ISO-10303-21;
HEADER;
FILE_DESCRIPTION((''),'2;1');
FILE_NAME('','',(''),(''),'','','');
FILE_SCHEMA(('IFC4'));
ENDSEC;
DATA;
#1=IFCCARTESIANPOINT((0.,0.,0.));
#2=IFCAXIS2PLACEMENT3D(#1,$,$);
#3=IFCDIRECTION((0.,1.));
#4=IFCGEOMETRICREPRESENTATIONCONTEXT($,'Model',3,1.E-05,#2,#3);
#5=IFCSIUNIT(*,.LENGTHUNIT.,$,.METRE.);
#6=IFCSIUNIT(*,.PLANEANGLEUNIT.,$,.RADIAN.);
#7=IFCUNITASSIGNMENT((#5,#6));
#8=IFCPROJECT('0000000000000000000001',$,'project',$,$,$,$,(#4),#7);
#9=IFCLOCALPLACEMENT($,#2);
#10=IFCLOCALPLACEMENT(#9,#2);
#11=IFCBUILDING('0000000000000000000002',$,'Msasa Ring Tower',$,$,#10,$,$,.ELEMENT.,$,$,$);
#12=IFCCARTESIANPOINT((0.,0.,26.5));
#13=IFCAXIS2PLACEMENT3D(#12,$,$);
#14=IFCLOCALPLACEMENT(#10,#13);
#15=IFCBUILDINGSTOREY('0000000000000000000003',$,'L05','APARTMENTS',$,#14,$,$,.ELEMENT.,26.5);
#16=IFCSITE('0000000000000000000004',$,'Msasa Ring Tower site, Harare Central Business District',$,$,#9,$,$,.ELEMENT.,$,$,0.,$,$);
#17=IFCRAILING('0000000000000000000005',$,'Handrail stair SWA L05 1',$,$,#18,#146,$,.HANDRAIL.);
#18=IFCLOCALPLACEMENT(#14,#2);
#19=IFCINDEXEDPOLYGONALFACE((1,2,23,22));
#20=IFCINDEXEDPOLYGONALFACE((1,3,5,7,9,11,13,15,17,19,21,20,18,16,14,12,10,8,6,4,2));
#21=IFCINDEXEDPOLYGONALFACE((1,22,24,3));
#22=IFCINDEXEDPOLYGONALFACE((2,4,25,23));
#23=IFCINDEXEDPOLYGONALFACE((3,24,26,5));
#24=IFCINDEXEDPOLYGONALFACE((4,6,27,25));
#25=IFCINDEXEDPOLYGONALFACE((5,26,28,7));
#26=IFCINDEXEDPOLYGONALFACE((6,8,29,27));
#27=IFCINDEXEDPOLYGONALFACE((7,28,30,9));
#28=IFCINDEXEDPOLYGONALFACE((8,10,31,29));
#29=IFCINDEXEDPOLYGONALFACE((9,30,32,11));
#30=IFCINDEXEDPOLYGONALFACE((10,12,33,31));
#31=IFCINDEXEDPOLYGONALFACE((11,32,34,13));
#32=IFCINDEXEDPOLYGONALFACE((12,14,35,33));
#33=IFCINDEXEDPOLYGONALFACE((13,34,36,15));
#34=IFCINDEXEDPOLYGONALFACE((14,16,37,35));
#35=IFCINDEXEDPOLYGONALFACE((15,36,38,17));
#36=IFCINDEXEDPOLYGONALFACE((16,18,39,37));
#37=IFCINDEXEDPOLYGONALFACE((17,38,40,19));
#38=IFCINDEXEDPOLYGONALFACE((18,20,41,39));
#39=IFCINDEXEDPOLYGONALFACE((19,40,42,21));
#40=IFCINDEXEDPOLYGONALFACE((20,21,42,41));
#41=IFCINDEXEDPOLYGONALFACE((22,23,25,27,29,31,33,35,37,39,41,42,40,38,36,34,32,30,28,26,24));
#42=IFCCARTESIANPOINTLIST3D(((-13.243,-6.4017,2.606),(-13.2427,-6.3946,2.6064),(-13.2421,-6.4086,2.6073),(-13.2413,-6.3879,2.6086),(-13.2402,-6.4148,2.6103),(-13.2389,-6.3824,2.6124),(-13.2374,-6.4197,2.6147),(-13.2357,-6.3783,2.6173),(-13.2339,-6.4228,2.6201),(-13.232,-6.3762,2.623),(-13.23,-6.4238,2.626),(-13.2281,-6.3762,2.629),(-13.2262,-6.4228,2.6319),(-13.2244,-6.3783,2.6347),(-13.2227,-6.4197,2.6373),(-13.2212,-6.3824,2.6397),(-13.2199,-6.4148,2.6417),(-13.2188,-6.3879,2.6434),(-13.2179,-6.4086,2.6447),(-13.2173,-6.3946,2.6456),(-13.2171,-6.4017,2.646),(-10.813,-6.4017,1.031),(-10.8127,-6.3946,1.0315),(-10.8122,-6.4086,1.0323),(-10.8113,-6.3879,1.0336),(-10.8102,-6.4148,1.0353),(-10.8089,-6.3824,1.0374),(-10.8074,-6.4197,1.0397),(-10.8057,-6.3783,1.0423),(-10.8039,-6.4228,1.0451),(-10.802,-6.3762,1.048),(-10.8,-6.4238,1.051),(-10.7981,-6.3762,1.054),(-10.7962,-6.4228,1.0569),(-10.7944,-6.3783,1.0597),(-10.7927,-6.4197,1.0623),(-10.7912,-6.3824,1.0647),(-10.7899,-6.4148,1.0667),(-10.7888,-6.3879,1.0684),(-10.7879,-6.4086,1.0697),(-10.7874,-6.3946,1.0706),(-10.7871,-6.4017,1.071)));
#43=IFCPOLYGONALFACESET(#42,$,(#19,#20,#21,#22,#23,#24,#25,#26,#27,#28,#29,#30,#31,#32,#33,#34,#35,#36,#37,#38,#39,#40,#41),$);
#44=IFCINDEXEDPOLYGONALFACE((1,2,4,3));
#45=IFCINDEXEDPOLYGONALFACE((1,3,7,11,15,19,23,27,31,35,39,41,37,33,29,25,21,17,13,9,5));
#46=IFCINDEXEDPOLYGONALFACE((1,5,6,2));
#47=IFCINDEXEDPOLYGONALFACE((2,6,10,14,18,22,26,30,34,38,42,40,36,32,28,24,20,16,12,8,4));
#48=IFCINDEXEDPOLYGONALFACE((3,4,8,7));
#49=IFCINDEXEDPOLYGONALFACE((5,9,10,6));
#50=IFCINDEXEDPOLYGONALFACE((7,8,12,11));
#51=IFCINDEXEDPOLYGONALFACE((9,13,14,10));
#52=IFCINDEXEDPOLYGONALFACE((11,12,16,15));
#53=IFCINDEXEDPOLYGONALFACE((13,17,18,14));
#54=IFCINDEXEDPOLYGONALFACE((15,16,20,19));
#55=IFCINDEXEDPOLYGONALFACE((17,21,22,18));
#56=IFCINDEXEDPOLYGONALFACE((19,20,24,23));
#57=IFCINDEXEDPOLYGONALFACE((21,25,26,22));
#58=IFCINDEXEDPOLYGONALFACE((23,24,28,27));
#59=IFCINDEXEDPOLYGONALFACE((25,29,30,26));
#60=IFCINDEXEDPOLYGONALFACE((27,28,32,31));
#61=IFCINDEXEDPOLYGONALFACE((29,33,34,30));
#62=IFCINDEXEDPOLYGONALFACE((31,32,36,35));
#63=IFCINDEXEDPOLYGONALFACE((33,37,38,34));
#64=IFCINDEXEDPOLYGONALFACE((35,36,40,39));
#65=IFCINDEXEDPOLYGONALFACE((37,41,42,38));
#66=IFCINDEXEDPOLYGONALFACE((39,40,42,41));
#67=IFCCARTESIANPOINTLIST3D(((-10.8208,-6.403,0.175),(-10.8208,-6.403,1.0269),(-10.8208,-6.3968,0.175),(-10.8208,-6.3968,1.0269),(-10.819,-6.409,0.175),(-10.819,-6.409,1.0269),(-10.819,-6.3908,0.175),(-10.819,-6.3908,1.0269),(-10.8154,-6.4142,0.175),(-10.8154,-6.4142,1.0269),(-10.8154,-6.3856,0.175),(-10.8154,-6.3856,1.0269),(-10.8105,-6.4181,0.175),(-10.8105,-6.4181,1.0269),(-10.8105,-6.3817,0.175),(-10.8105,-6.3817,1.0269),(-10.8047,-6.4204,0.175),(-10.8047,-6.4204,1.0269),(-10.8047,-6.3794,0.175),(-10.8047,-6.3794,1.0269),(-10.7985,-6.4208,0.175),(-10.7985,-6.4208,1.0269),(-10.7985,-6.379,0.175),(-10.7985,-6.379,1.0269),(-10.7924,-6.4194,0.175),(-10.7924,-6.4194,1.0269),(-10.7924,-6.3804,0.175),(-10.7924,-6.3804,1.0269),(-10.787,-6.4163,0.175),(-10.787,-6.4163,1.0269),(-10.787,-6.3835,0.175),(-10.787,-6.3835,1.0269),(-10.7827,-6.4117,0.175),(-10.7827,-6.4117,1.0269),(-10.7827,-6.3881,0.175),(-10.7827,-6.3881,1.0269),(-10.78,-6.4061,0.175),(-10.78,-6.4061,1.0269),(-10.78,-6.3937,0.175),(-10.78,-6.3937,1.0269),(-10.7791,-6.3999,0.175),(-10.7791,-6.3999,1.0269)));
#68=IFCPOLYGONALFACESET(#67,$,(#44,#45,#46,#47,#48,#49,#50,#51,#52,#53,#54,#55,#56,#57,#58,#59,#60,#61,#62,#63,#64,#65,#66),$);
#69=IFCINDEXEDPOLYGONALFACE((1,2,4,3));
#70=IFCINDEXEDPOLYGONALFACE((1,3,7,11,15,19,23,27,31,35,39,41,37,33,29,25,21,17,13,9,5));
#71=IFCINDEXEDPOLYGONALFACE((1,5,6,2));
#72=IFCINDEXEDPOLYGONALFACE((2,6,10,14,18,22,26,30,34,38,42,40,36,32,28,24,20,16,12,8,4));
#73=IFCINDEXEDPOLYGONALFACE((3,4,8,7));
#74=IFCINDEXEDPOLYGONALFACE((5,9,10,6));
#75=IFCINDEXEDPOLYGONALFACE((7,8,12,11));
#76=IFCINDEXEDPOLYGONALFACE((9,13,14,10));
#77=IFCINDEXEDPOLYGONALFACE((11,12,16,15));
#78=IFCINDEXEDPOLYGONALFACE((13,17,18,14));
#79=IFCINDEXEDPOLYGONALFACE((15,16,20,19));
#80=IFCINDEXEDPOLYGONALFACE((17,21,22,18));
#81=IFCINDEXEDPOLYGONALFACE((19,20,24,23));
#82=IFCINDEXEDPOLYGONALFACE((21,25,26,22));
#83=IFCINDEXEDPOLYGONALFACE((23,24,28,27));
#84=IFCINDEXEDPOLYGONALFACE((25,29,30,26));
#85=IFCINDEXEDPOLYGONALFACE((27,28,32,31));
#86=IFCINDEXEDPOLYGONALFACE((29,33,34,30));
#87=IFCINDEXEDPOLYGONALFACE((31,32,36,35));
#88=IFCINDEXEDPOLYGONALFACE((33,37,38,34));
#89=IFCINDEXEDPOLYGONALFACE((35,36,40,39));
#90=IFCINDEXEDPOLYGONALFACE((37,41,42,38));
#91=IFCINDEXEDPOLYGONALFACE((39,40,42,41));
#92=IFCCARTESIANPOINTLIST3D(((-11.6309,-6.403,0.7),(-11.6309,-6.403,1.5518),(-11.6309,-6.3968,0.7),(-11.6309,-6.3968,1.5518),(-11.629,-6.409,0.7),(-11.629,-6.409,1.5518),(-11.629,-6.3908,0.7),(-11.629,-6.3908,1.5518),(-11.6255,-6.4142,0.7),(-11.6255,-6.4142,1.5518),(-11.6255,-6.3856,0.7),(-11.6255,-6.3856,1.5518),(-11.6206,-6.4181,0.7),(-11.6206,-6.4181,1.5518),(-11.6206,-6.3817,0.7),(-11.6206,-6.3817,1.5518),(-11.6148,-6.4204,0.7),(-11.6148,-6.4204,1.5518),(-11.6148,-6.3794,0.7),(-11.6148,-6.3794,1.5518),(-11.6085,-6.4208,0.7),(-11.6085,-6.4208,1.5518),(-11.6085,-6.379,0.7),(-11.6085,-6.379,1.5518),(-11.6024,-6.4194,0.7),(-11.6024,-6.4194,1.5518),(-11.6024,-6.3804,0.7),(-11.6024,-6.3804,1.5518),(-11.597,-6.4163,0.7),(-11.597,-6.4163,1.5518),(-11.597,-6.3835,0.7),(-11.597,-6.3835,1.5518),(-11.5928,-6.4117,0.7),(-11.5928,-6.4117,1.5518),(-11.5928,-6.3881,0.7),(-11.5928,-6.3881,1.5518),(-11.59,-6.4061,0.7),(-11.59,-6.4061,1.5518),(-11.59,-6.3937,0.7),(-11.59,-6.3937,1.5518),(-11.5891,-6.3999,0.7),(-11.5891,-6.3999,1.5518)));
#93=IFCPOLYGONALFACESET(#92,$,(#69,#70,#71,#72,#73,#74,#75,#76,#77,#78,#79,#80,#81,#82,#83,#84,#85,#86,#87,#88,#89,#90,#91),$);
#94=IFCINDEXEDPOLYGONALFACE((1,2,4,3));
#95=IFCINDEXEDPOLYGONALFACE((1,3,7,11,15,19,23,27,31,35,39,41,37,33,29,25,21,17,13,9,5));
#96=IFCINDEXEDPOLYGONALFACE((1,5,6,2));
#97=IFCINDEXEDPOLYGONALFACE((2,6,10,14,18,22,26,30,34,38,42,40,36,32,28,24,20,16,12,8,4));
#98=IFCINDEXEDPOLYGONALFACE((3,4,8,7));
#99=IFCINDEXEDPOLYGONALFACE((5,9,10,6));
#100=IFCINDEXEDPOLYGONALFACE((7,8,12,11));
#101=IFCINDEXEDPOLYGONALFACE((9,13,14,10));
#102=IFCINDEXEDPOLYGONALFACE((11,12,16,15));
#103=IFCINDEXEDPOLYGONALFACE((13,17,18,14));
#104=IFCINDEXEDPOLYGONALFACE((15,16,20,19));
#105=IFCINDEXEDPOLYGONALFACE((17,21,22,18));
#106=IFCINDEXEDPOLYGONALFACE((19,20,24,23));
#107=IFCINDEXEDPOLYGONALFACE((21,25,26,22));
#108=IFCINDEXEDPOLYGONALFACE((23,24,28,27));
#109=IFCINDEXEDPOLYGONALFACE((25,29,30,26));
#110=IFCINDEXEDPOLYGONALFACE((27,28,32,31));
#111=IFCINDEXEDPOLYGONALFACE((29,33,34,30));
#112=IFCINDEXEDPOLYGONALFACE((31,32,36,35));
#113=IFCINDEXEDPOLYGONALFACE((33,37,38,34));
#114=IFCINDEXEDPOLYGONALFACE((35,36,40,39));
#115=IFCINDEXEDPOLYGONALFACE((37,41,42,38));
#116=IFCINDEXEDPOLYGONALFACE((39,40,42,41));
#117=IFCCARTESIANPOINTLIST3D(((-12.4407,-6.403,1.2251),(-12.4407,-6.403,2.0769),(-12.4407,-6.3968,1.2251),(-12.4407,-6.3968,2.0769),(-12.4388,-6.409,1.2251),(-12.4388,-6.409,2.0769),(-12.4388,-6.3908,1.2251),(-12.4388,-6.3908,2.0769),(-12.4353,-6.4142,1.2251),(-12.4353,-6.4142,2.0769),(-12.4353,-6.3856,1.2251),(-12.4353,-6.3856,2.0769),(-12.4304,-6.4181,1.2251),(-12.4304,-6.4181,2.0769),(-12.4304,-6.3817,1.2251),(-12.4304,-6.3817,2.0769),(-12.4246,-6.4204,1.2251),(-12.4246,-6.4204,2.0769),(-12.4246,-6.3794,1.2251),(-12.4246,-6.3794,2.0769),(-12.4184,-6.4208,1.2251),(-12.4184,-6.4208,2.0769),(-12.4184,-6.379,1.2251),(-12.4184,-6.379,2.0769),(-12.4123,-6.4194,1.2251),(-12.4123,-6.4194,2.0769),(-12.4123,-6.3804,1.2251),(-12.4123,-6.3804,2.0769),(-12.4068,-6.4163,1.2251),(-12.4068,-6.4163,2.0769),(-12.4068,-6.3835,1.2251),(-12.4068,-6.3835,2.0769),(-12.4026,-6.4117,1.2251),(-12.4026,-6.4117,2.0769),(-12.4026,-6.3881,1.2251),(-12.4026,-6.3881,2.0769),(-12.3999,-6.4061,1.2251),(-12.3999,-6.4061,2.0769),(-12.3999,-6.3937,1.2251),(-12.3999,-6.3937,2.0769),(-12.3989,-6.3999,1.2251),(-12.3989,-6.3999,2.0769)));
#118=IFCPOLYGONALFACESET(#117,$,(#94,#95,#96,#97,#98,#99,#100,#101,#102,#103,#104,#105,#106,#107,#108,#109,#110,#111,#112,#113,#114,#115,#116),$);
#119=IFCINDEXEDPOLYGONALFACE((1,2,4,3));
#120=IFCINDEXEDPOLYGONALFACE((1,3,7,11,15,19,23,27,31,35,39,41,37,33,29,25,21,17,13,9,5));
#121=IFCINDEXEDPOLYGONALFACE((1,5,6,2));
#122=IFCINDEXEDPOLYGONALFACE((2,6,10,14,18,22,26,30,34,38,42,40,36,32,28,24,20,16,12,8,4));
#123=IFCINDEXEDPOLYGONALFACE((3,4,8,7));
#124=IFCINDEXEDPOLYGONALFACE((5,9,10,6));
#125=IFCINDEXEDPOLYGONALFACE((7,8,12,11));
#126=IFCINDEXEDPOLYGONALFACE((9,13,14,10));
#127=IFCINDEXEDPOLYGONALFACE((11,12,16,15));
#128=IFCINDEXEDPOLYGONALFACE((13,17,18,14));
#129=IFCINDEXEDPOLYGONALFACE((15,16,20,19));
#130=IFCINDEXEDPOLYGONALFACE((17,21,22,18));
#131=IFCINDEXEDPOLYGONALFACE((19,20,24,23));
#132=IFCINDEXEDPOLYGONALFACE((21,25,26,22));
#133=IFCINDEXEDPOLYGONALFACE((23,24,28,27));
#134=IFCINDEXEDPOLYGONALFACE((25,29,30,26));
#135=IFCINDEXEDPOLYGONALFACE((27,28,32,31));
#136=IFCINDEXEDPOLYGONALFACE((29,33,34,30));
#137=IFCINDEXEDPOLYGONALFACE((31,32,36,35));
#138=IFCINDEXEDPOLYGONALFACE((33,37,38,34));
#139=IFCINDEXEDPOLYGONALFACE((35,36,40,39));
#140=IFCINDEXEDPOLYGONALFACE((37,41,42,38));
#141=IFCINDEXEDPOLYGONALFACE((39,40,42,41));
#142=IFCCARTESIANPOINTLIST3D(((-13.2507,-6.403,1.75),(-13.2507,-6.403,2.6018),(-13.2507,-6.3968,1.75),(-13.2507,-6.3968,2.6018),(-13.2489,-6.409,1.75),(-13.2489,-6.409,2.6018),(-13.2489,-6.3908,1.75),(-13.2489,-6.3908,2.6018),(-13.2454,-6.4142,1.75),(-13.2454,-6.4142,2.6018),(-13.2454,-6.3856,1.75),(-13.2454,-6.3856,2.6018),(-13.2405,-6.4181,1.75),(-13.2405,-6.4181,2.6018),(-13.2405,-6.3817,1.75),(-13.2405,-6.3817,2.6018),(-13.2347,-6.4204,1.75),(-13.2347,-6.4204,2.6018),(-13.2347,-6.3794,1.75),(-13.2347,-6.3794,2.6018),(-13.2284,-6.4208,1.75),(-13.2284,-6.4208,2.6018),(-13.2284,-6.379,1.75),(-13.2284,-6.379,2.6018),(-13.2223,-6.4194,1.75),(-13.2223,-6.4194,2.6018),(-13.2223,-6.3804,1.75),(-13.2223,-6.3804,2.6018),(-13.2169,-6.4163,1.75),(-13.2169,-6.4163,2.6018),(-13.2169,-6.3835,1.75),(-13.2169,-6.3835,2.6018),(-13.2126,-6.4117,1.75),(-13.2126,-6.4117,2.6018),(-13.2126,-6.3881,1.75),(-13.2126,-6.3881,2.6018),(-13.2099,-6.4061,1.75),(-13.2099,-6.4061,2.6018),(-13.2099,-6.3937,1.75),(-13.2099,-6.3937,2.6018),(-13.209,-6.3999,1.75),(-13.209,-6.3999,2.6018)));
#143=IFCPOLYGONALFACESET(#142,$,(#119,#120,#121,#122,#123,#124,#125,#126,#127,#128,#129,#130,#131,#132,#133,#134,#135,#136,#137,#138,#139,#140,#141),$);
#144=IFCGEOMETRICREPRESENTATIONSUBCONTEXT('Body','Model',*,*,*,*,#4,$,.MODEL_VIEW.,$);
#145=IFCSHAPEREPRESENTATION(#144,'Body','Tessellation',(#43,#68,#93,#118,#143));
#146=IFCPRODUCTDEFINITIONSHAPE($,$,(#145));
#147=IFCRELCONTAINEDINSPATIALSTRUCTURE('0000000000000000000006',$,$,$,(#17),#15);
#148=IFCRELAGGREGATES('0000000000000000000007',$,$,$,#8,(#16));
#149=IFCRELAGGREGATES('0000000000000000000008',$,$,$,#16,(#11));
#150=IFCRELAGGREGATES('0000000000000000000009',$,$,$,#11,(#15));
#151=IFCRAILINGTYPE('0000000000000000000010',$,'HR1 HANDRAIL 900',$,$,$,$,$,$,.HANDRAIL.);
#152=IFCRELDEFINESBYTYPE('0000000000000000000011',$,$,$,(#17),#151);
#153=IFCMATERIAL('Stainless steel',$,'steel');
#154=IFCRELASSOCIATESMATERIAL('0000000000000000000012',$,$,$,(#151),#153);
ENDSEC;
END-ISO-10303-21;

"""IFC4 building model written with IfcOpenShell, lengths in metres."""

from ifc_helpers import new_model, si_unit, direction, frame, origin, origin_2d, place, context, subcontext, project, spatial, circle, extrude, material, type_object, element, save


model = new_model("IFC4")

# Units and contexts
model_context = context("Model", 3, precision=1e-05, world=origin(), true_north=direction((0.0, 1.0)))
body_context = subcontext(model_context, "Body", "Model", "MODEL_VIEW")
ifc_project = project(units=[si_unit("LENGTHUNIT", "METRE"), si_unit("PLANEANGLEUNIT", "RADIAN")], contexts=[model_context])

# Site, building, storey
site_placement = place(None, origin())
site = spatial("IfcSite", under=ifc_project, at=site_placement, Name="Msasa Ring Tower site, Harare Central Business District", CompositionType="ELEMENT", RefElevation=0.0)
building_placement = place(site_placement, origin())
building = spatial("IfcBuilding", under=site, at=building_placement, Name="Msasa Ring Tower", CompositionType="ELEMENT")
storey_placement = place(building_placement, frame((0.0, 0.0, 26.5)))
storey = spatial("IfcBuildingStorey", under=building, at=storey_placement, Name="L05", Description="APARTMENTS", CompositionType="ELEMENT", Elevation=26.5)

# Railing
ifc_material_1 = material(Name="Stainless steel", Category="steel")
railing_type = type_object("IfcRailingType", Name="HR1 HANDRAIL 900", PredefinedType="HANDRAIL", material=ifc_material_1)
for number, where, name in (
    (1, (-10.8, -6.3999, 0.175), "Handrail stair SWA L05 1"),
):
    element("IfcRailing", number, at=place(storey_placement, frame(where)), inside=storey, type_object=railing_type, Name=name, PredefinedType="HANDRAIL", context=body_context, shape_type="SweptSolid", body=[
        extrude(circle(Radius=0.0239, at=origin_2d()), frame((0.0, 0.0, 0.876), z_axis=(-0.839154, 0.0, 0.543894), x_axis=(0.0, -1.0, 0.0)), (0.0, 0.0, 1.0), 2.8958),
        extrude(circle(Radius=0.021, at=origin_2d()), origin(), (0.0, 0.0, 1.0), 0.8518),
        extrude(circle(Radius=0.021, at=origin_2d()), frame((-0.8101, 0.0, 0.5249)), (0.0, 0.0, 1.0), 0.8518),
        extrude(circle(Radius=0.021, at=origin_2d()), frame((-1.6199, 0.0, 1.05)), (0.0, 0.0, 1.0), 0.8518),
        extrude(circle(Radius=0.021, at=origin_2d()), frame((-2.4299, 0.0, 1.575)), (0.0, 0.0, 1.0), 0.8518),
    ])

save(model, "model.ifc")
